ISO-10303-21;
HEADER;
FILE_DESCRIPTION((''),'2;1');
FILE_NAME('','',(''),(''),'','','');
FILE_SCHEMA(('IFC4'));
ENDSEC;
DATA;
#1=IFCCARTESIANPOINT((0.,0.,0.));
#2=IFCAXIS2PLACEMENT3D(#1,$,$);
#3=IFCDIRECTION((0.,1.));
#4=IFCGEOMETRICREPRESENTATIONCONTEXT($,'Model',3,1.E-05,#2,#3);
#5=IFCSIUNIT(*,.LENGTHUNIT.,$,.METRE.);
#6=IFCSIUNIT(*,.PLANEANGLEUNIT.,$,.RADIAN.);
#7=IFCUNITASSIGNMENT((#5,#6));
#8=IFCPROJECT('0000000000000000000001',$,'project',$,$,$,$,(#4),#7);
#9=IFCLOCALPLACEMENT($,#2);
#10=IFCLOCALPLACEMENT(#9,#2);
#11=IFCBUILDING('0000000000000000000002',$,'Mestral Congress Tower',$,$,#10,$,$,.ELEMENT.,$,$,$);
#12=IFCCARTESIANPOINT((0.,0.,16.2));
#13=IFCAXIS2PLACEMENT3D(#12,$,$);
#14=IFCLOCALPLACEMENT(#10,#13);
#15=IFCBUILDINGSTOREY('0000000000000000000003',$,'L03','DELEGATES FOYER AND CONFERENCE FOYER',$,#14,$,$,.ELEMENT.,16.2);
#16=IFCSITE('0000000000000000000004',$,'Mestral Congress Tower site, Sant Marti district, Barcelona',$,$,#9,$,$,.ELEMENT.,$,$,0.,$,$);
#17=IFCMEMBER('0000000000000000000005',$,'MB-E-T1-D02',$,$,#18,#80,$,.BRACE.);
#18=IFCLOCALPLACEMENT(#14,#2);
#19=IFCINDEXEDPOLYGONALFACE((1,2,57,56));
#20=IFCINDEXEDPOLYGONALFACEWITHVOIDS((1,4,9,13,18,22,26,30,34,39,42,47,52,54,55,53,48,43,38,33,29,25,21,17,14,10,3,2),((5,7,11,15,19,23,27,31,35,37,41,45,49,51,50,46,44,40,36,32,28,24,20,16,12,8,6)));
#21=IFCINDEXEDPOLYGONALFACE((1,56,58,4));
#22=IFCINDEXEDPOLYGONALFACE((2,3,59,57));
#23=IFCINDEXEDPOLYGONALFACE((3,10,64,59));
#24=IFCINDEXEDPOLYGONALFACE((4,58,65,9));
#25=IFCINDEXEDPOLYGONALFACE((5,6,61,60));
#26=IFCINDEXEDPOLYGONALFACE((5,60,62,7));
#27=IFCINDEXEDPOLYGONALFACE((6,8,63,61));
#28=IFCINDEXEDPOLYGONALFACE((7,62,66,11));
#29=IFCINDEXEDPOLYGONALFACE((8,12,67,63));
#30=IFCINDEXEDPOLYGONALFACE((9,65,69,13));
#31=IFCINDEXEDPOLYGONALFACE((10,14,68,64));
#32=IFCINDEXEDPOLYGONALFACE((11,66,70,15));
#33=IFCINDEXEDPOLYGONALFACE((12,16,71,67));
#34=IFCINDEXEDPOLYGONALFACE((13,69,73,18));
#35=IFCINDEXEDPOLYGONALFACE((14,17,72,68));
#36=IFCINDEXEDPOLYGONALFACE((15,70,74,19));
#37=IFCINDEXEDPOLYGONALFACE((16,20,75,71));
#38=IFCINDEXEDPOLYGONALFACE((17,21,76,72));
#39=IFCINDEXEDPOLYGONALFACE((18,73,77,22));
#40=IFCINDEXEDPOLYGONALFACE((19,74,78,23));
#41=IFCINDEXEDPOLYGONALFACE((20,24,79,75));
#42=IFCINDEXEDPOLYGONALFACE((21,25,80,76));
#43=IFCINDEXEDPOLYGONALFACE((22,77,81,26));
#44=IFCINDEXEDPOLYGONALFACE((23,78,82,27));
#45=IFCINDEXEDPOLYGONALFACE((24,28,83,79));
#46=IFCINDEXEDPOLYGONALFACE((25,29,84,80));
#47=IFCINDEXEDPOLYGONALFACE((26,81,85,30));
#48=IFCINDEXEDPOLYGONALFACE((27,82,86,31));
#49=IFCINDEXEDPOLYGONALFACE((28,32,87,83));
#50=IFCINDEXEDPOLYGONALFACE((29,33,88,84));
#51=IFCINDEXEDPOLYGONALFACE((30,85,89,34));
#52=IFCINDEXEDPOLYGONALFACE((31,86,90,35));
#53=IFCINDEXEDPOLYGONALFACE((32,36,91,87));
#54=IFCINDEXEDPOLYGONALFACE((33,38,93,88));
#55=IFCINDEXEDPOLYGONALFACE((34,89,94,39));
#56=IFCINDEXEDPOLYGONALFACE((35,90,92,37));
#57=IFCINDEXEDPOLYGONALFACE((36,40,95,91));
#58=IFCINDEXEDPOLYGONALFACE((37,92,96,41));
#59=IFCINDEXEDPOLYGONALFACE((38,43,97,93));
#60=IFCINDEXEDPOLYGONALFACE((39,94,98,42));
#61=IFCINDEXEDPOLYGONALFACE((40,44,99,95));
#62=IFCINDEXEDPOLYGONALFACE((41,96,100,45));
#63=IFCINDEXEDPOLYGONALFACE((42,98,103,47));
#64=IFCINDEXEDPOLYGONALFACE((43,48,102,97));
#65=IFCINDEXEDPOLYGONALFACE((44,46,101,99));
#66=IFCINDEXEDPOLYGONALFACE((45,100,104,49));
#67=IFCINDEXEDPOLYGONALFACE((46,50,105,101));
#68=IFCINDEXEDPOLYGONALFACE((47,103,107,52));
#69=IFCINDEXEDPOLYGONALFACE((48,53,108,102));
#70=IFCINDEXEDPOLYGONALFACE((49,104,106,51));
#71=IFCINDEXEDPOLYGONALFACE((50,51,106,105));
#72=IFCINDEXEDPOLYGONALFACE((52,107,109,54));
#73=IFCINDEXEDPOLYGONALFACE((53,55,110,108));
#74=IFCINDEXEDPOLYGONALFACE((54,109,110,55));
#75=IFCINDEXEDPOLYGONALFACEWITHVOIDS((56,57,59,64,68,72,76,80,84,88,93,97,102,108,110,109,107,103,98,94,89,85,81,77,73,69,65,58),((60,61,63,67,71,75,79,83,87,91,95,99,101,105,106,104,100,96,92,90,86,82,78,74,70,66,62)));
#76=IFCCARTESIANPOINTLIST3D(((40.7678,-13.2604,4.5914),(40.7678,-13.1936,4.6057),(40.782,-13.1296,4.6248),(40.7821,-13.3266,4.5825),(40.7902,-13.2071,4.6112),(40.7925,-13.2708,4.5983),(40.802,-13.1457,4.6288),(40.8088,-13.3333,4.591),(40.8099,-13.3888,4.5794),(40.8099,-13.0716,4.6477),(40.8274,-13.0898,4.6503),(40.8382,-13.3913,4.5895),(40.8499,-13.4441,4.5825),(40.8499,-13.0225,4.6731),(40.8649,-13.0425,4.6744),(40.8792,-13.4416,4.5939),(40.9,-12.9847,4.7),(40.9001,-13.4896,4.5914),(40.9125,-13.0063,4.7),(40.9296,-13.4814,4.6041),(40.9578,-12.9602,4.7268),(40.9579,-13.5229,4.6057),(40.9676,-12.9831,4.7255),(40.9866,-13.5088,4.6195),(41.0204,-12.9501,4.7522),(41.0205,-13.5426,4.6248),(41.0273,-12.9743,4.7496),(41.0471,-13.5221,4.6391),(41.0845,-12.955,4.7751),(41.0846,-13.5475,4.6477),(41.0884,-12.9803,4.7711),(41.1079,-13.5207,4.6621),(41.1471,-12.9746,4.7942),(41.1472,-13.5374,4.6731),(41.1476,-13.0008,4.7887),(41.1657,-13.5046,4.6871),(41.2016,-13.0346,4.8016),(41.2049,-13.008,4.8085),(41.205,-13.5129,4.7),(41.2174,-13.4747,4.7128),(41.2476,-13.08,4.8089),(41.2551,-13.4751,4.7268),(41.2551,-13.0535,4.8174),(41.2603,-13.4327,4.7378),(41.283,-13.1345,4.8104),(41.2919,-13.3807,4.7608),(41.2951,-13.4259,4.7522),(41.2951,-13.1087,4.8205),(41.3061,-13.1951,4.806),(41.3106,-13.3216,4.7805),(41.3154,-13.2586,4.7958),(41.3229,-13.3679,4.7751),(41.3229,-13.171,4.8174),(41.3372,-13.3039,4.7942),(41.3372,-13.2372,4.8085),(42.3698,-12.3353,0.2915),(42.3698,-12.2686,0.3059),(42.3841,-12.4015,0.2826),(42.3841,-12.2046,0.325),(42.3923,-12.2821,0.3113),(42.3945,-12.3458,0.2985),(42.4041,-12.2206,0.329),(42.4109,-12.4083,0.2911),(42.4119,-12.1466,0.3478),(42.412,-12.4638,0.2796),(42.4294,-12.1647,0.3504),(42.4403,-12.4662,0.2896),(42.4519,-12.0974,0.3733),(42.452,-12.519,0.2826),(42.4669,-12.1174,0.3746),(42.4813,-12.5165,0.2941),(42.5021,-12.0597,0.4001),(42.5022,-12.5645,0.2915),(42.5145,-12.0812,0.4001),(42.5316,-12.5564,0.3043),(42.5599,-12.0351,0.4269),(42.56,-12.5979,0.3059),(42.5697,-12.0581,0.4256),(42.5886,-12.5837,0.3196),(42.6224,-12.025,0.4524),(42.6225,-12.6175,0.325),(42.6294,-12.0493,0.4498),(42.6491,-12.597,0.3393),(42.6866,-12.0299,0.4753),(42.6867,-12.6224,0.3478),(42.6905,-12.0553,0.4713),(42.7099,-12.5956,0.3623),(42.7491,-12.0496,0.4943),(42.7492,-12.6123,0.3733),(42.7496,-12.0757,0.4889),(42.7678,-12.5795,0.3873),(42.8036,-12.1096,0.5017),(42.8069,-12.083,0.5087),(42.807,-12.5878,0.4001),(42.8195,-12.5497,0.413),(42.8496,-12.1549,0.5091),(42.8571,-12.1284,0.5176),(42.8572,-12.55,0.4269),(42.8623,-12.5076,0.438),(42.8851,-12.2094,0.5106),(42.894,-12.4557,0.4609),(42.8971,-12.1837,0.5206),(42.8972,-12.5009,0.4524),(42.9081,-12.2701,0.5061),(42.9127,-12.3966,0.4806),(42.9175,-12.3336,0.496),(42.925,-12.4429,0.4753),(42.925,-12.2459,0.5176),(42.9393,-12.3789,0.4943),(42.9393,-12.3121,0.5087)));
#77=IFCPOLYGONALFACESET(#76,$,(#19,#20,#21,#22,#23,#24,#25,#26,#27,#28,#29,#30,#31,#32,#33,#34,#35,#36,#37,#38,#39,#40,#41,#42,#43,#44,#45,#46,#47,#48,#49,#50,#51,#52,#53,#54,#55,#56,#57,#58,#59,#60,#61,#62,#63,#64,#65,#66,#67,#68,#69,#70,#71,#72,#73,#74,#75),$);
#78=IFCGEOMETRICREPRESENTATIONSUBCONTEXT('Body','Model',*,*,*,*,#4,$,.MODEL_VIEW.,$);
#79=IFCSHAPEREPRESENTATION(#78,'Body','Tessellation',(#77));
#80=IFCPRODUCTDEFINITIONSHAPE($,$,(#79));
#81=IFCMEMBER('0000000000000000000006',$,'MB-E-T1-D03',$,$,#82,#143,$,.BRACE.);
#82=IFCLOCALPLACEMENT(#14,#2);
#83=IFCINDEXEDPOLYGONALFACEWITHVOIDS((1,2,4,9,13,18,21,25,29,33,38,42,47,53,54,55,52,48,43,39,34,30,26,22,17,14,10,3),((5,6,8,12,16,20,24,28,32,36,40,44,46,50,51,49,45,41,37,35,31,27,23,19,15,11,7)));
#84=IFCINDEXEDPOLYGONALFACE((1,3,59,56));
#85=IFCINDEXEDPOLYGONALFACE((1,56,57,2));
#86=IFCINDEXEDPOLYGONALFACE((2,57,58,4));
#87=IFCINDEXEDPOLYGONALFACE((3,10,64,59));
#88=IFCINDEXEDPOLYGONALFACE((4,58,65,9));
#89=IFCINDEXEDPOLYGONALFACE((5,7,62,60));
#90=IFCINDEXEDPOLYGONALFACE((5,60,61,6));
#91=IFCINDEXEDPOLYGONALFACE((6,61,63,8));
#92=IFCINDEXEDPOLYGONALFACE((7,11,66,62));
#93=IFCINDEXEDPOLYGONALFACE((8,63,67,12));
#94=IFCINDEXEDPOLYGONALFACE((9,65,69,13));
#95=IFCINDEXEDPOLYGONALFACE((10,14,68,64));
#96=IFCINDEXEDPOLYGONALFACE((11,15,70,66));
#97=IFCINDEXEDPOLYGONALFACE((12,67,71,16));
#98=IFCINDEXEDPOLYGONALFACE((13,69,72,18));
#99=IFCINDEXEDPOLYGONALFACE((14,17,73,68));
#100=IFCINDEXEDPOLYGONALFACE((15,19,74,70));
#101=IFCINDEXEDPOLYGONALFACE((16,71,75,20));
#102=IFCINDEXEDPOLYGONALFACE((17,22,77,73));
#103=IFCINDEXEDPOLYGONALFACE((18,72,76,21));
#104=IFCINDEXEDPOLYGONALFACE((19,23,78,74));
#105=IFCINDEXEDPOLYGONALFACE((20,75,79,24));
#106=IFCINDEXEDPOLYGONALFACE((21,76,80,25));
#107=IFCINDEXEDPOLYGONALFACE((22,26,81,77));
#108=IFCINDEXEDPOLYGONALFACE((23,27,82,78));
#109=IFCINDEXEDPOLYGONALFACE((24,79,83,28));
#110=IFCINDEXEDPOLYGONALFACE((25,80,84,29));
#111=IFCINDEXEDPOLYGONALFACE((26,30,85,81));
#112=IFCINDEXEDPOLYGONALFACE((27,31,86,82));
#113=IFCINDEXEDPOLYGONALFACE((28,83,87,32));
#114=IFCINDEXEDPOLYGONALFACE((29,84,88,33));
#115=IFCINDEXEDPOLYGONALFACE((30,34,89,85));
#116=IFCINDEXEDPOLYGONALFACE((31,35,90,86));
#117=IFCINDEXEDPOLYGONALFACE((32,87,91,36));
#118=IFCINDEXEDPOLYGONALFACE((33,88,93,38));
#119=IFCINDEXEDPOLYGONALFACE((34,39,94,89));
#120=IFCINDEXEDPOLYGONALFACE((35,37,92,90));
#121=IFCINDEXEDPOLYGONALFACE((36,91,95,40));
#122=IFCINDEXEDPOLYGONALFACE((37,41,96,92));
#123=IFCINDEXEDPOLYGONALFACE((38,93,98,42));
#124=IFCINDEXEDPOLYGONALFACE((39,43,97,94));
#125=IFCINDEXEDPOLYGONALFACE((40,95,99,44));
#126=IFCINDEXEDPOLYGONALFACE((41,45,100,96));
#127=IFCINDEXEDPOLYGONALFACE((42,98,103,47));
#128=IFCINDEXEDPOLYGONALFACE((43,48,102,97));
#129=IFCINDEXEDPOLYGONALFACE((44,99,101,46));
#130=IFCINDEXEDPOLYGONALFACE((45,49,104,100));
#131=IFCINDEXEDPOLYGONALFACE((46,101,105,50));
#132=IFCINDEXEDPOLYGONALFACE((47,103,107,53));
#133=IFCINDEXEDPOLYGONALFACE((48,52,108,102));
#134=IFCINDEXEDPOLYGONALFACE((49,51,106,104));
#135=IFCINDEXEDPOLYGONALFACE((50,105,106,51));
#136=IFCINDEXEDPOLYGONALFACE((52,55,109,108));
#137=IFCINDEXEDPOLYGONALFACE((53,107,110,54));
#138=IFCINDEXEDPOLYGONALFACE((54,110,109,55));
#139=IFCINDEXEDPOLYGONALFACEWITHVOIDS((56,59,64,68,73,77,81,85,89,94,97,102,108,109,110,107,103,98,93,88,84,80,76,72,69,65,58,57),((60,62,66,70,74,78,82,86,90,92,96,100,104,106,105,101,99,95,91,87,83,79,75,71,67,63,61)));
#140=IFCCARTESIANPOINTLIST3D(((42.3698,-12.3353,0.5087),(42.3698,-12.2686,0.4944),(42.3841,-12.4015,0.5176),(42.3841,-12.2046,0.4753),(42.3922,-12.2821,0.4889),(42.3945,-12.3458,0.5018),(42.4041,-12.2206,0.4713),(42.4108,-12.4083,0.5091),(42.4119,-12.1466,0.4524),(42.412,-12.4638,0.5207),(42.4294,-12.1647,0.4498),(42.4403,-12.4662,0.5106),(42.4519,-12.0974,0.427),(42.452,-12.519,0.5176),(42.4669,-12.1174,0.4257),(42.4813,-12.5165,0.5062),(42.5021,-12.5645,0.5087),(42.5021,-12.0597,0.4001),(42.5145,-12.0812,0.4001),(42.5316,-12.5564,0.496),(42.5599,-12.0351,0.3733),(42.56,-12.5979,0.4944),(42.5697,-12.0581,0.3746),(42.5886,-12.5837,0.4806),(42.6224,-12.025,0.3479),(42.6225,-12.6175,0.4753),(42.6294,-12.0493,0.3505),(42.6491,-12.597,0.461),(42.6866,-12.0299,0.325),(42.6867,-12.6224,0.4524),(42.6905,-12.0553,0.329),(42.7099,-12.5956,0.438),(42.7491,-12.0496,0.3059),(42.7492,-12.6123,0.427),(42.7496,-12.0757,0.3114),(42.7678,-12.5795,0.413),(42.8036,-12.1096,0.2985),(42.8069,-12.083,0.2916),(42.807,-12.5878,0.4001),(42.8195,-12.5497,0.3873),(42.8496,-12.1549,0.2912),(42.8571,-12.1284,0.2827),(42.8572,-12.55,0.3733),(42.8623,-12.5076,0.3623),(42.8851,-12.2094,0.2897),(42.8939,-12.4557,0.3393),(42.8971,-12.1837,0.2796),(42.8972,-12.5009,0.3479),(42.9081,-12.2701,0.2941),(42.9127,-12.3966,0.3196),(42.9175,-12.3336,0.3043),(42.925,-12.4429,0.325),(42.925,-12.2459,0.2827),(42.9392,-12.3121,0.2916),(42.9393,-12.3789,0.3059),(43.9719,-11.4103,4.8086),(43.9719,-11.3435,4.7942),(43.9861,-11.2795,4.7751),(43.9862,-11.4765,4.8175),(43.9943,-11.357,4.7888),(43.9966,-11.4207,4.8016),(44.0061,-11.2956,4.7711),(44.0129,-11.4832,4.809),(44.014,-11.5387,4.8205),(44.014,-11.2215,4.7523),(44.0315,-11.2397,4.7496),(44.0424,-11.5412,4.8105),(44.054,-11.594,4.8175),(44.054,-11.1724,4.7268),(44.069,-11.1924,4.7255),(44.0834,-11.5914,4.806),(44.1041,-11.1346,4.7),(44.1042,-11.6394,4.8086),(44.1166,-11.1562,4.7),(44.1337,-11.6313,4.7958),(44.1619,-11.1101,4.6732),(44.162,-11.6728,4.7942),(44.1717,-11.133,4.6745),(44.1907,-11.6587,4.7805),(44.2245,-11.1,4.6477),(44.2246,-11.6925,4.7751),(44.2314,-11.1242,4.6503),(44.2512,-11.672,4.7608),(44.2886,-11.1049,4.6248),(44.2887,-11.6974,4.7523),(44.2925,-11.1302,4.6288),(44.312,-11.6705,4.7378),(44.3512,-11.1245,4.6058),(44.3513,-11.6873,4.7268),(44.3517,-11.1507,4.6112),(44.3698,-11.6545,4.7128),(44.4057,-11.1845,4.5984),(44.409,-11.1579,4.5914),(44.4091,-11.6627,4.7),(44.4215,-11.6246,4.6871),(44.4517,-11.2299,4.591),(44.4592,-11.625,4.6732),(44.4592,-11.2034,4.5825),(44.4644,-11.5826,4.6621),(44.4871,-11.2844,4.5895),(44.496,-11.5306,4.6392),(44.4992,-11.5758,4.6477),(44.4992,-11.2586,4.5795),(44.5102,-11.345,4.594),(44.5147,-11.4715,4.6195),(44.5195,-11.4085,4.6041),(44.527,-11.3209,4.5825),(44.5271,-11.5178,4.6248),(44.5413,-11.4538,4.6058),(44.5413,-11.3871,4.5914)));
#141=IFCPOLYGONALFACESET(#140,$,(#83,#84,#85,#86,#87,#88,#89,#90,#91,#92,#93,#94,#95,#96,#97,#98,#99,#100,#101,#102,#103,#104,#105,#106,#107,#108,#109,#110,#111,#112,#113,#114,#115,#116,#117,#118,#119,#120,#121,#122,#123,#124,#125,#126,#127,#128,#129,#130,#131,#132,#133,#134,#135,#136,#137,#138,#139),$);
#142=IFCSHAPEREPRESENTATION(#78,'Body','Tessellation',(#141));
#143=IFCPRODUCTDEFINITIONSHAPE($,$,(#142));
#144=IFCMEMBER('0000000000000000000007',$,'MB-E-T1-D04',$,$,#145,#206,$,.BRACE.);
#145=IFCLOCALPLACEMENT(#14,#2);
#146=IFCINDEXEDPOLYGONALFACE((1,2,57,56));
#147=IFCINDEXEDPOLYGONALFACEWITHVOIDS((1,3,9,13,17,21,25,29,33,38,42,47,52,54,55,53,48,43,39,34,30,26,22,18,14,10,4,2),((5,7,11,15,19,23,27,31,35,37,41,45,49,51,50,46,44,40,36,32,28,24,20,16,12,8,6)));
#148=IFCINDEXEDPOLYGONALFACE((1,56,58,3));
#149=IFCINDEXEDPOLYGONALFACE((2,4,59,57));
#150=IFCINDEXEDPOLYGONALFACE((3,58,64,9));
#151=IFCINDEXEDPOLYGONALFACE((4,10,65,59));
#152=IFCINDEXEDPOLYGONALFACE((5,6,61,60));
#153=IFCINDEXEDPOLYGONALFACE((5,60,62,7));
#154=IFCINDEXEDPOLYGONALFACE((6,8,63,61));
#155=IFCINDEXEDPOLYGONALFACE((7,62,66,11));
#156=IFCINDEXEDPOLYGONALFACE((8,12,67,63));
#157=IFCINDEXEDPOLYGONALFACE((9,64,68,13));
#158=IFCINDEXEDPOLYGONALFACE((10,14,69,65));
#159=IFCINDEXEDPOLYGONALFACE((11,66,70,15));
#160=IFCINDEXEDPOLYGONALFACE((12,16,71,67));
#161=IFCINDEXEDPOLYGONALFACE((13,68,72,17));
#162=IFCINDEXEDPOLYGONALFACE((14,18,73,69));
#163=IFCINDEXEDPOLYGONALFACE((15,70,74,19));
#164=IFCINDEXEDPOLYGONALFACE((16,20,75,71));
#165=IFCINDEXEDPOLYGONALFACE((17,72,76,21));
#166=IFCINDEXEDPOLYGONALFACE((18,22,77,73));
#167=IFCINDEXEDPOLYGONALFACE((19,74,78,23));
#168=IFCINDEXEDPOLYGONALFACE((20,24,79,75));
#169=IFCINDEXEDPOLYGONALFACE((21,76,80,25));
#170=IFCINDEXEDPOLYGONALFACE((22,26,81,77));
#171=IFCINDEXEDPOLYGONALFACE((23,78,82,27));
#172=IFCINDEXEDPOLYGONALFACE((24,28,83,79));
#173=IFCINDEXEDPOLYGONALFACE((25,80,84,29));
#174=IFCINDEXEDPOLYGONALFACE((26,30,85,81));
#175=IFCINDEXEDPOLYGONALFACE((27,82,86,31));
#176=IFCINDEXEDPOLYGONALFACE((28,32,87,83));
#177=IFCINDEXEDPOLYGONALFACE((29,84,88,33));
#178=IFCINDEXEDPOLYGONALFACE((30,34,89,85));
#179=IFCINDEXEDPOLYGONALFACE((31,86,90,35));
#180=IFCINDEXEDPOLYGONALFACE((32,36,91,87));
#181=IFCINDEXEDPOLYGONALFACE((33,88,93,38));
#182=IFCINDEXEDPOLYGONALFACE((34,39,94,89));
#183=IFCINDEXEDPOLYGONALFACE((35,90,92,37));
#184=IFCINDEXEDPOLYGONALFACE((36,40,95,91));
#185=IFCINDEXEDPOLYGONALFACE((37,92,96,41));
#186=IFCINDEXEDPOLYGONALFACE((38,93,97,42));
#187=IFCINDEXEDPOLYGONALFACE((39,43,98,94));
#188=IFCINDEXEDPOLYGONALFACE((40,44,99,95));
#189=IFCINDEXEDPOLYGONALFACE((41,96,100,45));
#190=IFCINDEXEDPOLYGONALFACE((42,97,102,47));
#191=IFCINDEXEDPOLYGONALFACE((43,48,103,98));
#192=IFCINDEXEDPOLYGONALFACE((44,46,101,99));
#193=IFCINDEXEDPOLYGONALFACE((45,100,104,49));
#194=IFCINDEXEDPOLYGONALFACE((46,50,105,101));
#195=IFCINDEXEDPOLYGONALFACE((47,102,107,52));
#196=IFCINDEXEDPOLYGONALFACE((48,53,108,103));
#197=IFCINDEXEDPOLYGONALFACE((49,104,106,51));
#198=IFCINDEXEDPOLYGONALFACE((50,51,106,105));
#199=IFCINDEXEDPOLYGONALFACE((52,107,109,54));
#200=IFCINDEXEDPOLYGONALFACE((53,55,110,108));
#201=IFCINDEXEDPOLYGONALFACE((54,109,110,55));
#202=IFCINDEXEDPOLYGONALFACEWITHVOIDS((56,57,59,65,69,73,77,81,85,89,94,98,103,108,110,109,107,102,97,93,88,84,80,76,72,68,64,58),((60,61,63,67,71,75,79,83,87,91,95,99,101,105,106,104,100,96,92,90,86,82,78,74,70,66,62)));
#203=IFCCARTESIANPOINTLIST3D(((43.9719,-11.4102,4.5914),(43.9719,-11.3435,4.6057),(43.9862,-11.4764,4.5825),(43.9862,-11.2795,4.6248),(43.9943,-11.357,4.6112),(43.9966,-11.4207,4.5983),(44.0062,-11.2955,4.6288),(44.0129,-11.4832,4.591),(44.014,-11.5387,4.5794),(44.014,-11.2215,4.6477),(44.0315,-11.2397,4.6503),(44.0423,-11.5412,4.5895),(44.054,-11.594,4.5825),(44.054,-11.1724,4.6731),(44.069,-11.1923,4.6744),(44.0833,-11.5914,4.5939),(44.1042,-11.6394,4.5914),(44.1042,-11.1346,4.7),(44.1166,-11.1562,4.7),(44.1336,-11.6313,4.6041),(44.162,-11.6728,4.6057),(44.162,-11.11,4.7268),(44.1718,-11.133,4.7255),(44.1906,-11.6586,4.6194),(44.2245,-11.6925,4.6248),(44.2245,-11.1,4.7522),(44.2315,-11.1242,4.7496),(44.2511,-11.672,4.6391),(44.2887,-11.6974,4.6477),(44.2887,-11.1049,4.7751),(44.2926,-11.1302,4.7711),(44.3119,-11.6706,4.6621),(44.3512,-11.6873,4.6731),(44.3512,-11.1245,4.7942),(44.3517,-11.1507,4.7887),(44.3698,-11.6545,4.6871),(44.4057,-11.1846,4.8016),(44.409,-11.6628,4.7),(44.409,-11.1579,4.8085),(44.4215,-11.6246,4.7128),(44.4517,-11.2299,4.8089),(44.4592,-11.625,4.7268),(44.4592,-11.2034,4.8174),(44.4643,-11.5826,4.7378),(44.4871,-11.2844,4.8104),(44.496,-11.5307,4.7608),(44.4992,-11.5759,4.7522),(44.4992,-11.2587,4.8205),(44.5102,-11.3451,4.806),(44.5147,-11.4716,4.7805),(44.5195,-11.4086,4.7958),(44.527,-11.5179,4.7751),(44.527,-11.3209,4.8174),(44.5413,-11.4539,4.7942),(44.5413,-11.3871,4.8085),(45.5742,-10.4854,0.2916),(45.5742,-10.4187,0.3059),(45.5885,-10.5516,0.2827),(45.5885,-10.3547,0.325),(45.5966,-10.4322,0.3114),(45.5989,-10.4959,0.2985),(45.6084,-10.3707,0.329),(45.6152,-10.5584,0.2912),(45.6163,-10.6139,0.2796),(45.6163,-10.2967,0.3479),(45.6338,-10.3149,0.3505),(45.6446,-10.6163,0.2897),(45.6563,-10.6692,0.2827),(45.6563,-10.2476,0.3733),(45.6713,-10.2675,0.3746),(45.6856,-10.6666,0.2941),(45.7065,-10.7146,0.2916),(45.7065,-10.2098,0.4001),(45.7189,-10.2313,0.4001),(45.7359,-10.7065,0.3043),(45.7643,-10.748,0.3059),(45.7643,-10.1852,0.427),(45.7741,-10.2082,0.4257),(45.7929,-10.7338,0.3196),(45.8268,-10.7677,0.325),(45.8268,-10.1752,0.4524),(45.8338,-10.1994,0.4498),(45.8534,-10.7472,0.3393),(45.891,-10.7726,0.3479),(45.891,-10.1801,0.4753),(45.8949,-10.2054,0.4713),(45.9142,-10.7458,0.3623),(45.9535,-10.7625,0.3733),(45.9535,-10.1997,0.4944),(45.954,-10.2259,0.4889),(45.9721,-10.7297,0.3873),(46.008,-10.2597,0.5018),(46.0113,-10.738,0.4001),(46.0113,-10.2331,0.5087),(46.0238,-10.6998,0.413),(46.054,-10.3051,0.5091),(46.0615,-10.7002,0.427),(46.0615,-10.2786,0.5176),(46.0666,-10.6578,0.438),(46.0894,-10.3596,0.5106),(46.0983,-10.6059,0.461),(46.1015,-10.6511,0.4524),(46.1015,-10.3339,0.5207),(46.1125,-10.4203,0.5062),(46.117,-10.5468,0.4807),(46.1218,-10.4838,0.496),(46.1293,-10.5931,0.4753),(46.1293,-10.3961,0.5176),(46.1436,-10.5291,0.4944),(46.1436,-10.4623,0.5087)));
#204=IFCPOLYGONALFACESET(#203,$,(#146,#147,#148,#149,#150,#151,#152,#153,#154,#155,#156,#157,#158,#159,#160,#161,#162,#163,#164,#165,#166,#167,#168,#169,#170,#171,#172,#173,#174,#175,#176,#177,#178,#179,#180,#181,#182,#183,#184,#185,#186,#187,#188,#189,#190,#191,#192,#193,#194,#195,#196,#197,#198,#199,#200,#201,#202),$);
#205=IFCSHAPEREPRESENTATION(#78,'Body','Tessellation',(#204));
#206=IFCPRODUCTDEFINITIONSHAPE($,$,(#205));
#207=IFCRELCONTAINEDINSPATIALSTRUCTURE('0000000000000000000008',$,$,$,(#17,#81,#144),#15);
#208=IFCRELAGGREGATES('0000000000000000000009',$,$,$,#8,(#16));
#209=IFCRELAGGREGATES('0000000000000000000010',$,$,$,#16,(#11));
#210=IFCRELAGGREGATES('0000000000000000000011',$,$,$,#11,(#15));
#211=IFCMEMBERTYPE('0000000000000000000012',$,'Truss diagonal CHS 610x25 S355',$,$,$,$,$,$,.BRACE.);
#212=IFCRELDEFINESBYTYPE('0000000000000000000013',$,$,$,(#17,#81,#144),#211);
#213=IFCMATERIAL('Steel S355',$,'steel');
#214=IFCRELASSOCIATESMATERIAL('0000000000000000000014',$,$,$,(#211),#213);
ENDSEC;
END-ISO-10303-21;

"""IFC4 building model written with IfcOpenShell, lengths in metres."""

from ifc_helpers import new_model, si_unit, direction, frame, origin, origin_2d, place, context, subcontext, project, spatial, hollow_circle, extrude, material, material_profile, profile_set, type_object, element, save


model = new_model("IFC4")

# Units and contexts
model_context = context("Model", 3, precision=1e-05, world=origin(), true_north=direction((0.0, 1.0)))
body_context = subcontext(model_context, "Body", "Model", "MODEL_VIEW")
ifc_project = project(units=[si_unit("LENGTHUNIT", "METRE"), si_unit("PLANEANGLEUNIT", "RADIAN")], contexts=[model_context])

# Site, building, storey
site_placement = place(None, origin())
site = spatial("IfcSite", under=ifc_project, at=site_placement, Name="Mestral Congress Tower site, Sant Marti district, Barcelona", CompositionType="ELEMENT", RefElevation=0.0)
building_placement = place(site_placement, origin())
building = spatial("IfcBuilding", under=site, at=building_placement, Name="Mestral Congress Tower", CompositionType="ELEMENT")
storey_placement = place(building_placement, frame((0.0, 0.0, 16.2)))
storey = spatial("IfcBuildingStorey", under=building, at=storey_placement, Name="L03", Description="DELEGATES FOYER AND CONFERENCE FOYER", CompositionType="ELEMENT", Elevation=16.2)

# Shared definitions
ifc_material_1 = material(Name="Steel S355", Category="steel")

# Members
ifc_material_profile_1 = material_profile(ifc_material_1, hollow_circle(Radius=0.3049, WallThickness=0.0249, at=origin_2d()), Name="CHS 610x25")
ifc_profile_set_1 = profile_set([ifc_material_profile_1], Name="Steel S355")
member_type_1 = type_object("IfcMemberType", Name="Truss diagonal CHS 610x25 S355", PredefinedType="BRACE", material=ifc_profile_set_1)
for number, where, z_axis, x_axis, name in (
    (1, (41.0525, -13.2488, 4.7), (0.342254, 0.197623, -0.91859), (-0.500042, 0.866001, 0.0), "MB-E-T1-D02"),
    (2, (42.6545, -12.3237, 0.4001), (0.342254, 0.197623, 0.91859), (-0.500042, 0.866001, 0.0), "MB-E-T1-D03"),
    (3, (44.2566, -11.3987, 4.7), (0.342304, 0.197569, -0.918583), (-0.499886, 0.866091, 0.0), "MB-E-T1-D04"),
):
    element("IfcMember", number, at=place(storey_placement, frame(where, z_axis=z_axis, x_axis=x_axis)), inside=storey, type_object=member_type_1, Name=name, PredefinedType="BRACE", context=body_context, shape_type="SweptSolid", body=[
        extrude(hollow_circle(Radius=0.3049, WallThickness=0.0249, at=origin_2d()), origin(), (0.0, 0.0, 1.0), 4.6809),
    ])

save(model, "model.ifc")
